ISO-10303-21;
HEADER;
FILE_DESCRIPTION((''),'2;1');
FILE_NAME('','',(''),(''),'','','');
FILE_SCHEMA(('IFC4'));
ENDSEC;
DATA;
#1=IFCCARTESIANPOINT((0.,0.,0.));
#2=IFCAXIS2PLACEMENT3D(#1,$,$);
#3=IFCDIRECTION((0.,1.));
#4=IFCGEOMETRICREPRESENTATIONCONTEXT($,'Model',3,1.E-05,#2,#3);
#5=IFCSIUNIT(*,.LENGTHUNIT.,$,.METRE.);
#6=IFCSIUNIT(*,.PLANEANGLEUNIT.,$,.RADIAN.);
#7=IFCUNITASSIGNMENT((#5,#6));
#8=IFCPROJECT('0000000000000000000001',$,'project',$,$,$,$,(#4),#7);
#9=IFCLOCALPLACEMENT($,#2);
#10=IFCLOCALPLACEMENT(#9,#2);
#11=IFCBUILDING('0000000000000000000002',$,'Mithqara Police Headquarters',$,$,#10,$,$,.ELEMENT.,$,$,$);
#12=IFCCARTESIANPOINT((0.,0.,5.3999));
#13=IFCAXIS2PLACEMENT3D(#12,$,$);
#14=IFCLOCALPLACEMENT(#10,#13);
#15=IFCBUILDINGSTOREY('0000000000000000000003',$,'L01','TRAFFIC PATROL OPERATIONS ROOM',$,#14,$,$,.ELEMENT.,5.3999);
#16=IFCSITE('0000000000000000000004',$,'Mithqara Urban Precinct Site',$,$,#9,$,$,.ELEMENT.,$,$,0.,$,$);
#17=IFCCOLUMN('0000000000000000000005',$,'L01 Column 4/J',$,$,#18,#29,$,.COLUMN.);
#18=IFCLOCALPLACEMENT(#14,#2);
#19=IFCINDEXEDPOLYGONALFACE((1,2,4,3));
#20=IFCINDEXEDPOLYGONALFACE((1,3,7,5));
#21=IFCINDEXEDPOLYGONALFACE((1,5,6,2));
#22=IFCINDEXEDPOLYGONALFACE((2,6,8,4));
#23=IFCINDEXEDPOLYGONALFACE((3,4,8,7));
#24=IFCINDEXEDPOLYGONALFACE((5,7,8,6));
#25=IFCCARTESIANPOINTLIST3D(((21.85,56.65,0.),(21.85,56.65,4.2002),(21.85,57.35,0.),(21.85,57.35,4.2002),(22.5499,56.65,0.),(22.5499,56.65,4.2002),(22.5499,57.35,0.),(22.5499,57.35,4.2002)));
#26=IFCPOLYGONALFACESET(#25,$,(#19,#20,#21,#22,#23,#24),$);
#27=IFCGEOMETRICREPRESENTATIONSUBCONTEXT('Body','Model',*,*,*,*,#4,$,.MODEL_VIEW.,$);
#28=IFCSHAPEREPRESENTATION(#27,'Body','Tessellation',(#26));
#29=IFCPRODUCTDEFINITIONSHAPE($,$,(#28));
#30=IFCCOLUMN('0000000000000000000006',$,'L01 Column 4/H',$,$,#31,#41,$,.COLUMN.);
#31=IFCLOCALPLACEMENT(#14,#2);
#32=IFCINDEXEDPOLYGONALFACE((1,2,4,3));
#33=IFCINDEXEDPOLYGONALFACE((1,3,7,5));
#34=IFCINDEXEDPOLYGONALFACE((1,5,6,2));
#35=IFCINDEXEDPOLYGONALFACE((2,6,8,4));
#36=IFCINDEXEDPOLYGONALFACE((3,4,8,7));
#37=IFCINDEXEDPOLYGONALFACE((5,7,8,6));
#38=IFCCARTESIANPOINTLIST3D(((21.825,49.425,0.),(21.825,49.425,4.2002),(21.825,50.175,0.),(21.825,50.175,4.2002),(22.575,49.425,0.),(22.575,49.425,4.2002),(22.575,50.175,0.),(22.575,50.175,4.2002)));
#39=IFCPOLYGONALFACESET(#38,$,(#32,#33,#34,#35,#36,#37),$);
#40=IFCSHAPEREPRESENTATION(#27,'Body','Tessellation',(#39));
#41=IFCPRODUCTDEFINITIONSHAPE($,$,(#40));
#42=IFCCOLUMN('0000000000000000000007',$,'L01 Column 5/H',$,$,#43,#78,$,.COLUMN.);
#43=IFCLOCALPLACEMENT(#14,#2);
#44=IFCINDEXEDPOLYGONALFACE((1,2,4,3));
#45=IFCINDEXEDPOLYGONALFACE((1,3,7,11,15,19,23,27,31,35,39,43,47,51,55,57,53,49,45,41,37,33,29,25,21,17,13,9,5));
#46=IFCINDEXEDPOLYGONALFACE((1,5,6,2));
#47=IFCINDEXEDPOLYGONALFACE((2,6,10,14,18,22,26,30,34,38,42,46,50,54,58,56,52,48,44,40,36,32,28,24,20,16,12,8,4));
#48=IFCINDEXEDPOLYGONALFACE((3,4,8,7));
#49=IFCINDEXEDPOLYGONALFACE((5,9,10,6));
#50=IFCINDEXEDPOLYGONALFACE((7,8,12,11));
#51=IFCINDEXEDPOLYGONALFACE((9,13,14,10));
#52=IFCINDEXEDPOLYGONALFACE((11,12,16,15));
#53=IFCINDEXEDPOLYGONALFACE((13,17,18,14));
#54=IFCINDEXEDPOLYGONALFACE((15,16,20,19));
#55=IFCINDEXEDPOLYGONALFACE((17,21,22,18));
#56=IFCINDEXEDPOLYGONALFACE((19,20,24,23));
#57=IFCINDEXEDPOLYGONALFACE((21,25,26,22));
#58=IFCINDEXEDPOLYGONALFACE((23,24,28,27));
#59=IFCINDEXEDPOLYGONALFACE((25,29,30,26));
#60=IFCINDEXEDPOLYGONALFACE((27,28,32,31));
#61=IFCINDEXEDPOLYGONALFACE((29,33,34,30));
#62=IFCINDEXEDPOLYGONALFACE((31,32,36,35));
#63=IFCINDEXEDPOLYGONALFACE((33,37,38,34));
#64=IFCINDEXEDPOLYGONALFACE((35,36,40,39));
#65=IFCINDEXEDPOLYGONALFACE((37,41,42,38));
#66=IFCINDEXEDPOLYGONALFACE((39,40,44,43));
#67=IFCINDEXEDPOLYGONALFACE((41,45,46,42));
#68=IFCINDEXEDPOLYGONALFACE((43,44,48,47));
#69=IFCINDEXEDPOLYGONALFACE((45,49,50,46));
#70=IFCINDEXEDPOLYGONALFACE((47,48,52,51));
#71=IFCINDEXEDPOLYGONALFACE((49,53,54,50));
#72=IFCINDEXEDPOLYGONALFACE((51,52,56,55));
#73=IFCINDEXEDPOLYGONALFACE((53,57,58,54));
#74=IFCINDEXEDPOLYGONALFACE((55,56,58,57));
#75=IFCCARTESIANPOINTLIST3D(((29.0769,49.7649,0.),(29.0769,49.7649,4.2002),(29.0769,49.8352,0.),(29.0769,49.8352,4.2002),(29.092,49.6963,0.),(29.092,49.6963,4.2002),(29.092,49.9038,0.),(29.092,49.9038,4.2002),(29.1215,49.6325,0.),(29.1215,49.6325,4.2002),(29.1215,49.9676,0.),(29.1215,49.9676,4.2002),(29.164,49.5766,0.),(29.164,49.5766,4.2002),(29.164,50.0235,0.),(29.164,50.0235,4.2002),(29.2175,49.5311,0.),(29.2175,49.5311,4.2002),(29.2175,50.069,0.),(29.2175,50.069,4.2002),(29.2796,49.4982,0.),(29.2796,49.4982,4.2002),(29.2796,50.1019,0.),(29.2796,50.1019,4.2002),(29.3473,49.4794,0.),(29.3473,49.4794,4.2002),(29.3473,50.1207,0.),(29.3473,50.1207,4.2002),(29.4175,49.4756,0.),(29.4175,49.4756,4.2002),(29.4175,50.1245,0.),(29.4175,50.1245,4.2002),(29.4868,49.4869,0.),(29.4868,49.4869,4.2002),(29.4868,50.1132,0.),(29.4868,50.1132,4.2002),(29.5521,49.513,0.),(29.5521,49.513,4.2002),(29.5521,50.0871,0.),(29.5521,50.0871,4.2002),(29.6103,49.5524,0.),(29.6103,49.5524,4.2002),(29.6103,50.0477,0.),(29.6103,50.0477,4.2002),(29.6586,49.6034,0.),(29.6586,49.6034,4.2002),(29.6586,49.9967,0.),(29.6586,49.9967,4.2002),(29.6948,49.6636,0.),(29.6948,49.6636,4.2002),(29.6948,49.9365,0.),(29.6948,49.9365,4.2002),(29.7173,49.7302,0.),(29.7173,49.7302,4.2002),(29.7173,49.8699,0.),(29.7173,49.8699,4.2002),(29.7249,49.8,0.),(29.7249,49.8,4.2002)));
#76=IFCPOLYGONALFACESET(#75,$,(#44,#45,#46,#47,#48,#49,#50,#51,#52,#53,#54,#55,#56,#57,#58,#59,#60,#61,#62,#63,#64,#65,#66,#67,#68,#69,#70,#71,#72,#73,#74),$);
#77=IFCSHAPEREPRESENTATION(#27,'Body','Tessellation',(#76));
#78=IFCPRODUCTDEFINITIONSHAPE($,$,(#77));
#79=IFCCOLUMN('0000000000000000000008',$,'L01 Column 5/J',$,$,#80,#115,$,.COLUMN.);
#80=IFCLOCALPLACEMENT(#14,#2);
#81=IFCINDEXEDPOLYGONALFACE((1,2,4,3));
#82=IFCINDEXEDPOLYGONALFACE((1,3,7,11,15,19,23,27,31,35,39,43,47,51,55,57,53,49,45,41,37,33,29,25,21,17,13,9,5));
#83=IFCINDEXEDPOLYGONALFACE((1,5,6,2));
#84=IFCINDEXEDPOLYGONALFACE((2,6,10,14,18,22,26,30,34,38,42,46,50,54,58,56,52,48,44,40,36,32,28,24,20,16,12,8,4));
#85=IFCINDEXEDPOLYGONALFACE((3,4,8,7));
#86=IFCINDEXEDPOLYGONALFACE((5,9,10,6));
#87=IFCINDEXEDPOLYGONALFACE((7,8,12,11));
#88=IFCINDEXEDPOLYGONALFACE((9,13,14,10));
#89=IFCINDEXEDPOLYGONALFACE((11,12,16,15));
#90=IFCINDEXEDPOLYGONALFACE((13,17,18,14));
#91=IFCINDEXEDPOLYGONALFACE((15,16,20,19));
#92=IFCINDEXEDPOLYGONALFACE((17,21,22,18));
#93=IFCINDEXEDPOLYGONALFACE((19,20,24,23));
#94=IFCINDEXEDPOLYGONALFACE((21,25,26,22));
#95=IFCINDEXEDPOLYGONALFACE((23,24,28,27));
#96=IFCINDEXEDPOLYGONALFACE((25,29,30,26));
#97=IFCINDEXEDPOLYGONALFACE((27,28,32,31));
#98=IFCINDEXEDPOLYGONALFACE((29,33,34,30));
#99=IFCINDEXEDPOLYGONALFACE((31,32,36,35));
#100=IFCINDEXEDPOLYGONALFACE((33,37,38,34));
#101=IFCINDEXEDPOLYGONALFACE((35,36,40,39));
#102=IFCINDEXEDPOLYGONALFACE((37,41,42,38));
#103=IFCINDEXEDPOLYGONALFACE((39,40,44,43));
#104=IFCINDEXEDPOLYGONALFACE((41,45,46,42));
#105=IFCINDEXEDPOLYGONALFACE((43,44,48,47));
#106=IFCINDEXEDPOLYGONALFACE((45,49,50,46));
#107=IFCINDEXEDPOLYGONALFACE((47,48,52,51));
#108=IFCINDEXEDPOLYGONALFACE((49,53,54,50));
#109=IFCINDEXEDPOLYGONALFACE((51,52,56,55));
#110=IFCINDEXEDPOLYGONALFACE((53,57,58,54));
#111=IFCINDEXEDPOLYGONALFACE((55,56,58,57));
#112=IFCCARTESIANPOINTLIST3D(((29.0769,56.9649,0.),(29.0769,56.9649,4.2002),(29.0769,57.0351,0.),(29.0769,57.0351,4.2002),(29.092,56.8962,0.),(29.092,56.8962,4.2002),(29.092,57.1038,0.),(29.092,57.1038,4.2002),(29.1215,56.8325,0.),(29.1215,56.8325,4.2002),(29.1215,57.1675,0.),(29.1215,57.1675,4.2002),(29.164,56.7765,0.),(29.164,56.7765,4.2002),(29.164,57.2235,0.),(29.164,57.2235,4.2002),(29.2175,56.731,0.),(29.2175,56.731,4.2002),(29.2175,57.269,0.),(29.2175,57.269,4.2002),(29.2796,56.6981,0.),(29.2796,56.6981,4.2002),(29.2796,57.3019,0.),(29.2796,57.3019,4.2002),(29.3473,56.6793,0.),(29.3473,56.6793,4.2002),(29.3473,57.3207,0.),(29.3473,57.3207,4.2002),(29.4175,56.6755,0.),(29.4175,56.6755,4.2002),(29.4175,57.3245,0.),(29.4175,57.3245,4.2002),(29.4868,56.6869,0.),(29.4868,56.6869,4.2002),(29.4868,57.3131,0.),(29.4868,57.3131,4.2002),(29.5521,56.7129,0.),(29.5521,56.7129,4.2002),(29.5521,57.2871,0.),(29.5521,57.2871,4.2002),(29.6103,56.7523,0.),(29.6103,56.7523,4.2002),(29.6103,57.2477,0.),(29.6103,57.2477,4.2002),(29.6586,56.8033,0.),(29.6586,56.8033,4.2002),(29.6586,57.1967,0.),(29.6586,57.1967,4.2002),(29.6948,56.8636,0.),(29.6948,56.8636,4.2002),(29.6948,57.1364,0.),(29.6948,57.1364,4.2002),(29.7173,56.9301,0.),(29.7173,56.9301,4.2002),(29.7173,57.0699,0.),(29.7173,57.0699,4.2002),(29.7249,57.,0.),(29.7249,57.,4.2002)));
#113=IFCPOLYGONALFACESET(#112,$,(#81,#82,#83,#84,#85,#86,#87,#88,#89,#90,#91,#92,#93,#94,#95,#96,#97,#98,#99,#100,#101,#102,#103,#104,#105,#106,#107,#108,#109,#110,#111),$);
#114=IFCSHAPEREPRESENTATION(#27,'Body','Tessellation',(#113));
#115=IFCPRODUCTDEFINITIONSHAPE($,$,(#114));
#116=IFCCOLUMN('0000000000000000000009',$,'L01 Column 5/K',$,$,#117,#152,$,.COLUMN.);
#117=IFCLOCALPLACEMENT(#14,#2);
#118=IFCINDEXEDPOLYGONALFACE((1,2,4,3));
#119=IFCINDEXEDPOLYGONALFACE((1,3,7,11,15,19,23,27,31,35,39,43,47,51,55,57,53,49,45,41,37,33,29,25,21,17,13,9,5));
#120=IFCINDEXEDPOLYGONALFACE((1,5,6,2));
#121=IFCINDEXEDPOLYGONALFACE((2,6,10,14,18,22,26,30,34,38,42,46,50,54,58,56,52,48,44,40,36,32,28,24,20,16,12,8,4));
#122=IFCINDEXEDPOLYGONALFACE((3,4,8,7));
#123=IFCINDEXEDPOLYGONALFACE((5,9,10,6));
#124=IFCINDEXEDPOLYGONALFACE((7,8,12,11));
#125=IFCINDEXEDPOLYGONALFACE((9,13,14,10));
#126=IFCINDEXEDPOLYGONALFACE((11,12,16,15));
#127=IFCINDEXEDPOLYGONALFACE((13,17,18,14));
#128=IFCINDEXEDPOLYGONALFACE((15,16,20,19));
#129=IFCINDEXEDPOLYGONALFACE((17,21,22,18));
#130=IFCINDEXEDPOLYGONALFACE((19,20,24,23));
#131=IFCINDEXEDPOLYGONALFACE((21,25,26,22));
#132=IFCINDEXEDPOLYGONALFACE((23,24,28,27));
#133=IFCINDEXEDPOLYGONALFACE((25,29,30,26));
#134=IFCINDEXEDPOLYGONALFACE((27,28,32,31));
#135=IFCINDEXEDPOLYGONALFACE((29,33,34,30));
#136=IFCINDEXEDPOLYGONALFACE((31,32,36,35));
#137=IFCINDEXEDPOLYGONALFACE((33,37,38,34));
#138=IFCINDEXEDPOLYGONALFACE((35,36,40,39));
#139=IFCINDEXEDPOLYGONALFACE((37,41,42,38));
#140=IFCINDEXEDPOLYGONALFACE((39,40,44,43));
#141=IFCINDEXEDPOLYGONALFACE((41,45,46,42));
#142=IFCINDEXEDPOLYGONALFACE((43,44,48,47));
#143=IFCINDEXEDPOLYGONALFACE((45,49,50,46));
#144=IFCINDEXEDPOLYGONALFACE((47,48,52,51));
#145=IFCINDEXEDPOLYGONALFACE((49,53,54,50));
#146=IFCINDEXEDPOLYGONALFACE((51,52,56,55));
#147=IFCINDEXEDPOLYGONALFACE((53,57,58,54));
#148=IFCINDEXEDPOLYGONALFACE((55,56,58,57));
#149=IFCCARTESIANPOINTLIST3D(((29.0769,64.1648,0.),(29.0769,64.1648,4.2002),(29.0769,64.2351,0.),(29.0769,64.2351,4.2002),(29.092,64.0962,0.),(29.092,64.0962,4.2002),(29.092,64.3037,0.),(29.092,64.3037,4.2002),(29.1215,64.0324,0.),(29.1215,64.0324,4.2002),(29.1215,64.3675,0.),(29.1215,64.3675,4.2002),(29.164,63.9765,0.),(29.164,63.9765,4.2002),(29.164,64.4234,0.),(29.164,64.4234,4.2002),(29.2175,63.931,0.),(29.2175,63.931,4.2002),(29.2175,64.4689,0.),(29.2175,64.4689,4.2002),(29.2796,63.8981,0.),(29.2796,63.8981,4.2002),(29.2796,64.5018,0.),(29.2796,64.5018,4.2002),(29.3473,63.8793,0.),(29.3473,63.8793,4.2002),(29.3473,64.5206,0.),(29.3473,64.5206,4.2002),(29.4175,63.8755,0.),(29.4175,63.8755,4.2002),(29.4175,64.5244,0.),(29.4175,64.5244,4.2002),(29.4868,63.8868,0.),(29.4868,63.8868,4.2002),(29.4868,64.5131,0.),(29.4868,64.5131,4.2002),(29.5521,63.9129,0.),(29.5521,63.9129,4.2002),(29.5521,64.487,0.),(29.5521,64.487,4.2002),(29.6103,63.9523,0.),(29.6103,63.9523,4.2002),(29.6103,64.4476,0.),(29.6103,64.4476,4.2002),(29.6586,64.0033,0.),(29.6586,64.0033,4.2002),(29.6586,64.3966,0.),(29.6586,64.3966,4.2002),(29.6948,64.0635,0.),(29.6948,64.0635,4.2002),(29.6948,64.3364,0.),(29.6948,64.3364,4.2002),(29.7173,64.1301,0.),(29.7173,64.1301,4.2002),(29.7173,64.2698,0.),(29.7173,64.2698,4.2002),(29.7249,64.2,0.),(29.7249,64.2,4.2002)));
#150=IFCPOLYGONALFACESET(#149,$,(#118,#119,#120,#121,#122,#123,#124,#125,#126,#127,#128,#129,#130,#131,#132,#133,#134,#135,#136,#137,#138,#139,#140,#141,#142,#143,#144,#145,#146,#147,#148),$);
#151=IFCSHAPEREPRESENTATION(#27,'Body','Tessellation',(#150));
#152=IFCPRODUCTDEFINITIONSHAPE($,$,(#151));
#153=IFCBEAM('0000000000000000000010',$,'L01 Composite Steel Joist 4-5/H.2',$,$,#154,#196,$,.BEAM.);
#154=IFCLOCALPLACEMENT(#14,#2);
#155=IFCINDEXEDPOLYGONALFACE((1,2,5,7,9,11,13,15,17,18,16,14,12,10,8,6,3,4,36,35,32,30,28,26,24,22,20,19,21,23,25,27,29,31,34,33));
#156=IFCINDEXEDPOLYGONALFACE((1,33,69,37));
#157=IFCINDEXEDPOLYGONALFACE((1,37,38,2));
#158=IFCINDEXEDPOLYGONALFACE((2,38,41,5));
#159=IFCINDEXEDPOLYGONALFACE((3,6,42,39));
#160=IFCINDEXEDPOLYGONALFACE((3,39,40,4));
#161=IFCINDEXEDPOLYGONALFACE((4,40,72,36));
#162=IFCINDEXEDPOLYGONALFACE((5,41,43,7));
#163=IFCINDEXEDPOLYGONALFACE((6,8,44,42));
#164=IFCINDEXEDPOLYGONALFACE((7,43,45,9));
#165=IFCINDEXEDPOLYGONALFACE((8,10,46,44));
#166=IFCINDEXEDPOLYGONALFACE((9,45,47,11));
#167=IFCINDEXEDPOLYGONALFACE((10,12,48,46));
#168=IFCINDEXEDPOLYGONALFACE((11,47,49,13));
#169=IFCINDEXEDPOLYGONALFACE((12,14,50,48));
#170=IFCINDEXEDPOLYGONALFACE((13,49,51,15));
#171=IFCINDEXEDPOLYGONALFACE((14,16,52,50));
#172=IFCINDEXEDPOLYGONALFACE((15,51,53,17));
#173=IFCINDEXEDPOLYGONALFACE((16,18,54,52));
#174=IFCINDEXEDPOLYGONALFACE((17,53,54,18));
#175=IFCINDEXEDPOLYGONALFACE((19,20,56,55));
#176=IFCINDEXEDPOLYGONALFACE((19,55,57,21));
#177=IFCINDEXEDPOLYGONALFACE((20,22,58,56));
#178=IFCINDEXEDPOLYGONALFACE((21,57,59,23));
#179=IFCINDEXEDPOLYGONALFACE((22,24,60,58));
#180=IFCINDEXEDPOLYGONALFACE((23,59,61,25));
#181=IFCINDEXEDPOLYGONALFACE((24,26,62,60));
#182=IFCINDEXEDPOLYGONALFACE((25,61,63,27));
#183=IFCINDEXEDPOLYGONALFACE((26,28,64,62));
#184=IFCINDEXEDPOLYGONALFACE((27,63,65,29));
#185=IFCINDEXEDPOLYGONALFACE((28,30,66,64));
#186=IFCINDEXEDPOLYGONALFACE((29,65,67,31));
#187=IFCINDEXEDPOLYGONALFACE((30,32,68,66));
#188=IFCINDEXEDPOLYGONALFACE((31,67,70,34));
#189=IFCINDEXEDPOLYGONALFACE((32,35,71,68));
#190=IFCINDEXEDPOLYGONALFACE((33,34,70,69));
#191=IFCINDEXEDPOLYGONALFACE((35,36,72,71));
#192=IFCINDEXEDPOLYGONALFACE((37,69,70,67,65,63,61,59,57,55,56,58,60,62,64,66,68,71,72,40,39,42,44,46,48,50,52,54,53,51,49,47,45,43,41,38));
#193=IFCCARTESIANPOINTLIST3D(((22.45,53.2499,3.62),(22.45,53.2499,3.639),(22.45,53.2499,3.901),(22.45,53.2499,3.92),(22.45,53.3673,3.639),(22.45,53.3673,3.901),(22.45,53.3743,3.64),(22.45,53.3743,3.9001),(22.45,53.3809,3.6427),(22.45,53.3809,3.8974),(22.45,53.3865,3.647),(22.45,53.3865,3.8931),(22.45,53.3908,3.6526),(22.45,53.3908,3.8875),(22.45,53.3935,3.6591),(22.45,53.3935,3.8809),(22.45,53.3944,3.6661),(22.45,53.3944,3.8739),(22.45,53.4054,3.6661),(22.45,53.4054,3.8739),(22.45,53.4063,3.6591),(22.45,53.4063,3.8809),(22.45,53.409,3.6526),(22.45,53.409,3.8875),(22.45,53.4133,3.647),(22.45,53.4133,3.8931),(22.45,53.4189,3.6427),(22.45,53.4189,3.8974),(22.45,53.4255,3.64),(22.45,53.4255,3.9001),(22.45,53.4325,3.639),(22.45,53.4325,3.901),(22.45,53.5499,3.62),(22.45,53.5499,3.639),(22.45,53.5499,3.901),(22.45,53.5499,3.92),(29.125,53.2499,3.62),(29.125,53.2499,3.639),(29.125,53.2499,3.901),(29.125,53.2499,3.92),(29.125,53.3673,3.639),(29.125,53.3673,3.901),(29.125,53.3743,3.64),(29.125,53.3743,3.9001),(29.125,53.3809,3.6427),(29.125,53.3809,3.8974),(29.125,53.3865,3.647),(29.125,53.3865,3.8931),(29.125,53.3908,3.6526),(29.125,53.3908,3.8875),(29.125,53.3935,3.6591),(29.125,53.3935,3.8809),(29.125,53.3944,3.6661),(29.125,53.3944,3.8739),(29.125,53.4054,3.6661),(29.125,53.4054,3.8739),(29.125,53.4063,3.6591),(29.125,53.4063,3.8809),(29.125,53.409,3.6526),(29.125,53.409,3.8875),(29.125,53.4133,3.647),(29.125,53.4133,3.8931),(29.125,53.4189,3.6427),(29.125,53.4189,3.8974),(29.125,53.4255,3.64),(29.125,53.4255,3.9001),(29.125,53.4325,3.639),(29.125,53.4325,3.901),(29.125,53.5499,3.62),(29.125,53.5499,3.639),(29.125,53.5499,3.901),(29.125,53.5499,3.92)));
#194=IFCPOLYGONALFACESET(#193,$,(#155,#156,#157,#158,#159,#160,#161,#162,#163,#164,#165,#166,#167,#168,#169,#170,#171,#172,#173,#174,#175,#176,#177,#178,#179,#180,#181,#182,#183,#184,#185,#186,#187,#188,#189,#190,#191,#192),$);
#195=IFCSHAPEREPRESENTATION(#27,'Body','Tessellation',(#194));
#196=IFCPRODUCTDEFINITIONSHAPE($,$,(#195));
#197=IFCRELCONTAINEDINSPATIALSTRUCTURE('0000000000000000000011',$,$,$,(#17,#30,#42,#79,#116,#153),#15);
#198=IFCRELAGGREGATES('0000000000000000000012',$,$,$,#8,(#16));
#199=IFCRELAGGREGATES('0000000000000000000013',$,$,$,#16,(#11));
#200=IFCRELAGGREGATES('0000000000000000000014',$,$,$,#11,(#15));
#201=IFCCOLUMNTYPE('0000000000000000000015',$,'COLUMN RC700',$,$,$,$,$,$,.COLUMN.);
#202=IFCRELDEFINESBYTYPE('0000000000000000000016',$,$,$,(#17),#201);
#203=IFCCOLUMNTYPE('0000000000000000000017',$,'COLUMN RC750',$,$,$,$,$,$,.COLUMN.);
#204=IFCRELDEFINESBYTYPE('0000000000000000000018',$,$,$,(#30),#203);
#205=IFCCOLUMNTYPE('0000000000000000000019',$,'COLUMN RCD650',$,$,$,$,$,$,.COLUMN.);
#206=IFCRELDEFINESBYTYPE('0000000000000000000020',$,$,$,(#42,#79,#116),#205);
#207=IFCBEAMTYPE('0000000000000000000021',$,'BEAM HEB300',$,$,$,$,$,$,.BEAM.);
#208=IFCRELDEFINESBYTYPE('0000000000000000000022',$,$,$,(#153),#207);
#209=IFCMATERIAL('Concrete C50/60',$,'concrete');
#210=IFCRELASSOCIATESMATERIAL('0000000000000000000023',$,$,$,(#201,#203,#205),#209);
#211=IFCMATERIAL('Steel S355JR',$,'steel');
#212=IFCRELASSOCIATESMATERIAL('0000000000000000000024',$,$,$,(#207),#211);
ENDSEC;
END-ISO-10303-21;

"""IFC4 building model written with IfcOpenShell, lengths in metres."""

from ifc_helpers import new_model, si_unit, direction, frame, origin, origin_2d, place, context, subcontext, project, spatial, rectangle, circle, i_section, extrude, material, material_profile, profile_set, type_object, element, save


model = new_model("IFC4")

# Units and contexts
model_context = context("Model", 3, precision=1e-05, world=origin(), true_north=direction((0.0, 1.0)))
body_context = subcontext(model_context, "Body", "Model", "MODEL_VIEW")
ifc_project = project(units=[si_unit("LENGTHUNIT", "METRE"), si_unit("PLANEANGLEUNIT", "RADIAN")], contexts=[model_context])

# Site, building, storey
site_placement = place(None, origin())
site = spatial("IfcSite", under=ifc_project, at=site_placement, Name="Mithqara Urban Precinct Site", CompositionType="ELEMENT", RefElevation=0.0)
building_placement = place(site_placement, origin())
building = spatial("IfcBuilding", under=site, at=building_placement, Name="Mithqara Police Headquarters", CompositionType="ELEMENT")
storey_placement = place(building_placement, frame((0.0, 0.0, 5.3999)))
storey = spatial("IfcBuildingStorey", under=building, at=storey_placement, Name="L01", Description="TRAFFIC PATROL OPERATIONS ROOM", CompositionType="ELEMENT", Elevation=5.3999)

# Columns
ifc_material_1 = material(Name="Concrete C50/60", Category="concrete")
ifc_material_profile_1 = material_profile(ifc_material_1, rectangle(XDim=0.7, YDim=0.7, at=origin_2d()), Name="RC 700x700")
ifc_profile_set_1 = profile_set([ifc_material_profile_1], Name="Concrete C50/60")
column_type_1 = type_object("IfcColumnType", Name="COLUMN RC700", PredefinedType="COLUMN", material=ifc_profile_set_1)
column_1_placement = place(storey_placement, frame((22.2, 57.0, 0.0), z_axis=(0.0, 0.0, 1.0), x_axis=(1.0, 0.0, 0.0)))
element("IfcColumn", 1, at=column_1_placement, inside=storey, type_object=column_type_1, Name="L01 Column 4/J", PredefinedType="COLUMN", context=body_context, shape_type="SweptSolid", body=[
    extrude(rectangle(XDim=0.7, YDim=0.7, at=origin_2d()), origin(), (0.0, 0.0, 1.0), 4.2002),
])
ifc_material_profile_2 = material_profile(ifc_material_1, rectangle(XDim=0.75, YDim=0.75, at=origin_2d()), Name="RC 750x750")
ifc_profile_set_2 = profile_set([ifc_material_profile_2], Name="Concrete C50/60")
column_type_2 = type_object("IfcColumnType", Name="COLUMN RC750", PredefinedType="COLUMN", material=ifc_profile_set_2)
column_2_placement = place(storey_placement, frame((22.2, 49.8, 0.0), z_axis=(0.0, 0.0, 1.0), x_axis=(1.0, 0.0, 0.0)))
element("IfcColumn", 2, at=column_2_placement, inside=storey, type_object=column_type_2, Name="L01 Column 4/H", PredefinedType="COLUMN", context=body_context, shape_type="SweptSolid", body=[
    extrude(rectangle(XDim=0.75, YDim=0.75, at=origin_2d()), origin(), (0.0, 0.0, 1.0), 4.2002),
])
ifc_material_profile_3 = material_profile(ifc_material_1, circle(Radius=0.325, at=origin_2d()), Name="RCD 650")
ifc_profile_set_3 = profile_set([ifc_material_profile_3], Name="Concrete C50/60")
column_type_3 = type_object("IfcColumnType", Name="COLUMN RCD650", PredefinedType="COLUMN", material=ifc_profile_set_3)
for number, where, z_axis, x_axis, name in (
    (3, (29.3999, 49.8, 0.0), (0.0, 0.0, 1.0), (1.0, 0.0, 0.0), "L01 Column 5/H"),
    (4, (29.3999, 57.0, 0.0), (0.0, 0.0, 1.0), (1.0, 0.0, 0.0), "L01 Column 5/J"),
    (5, (29.3999, 64.2, 0.0), (0.0, 0.0, 1.0), (1.0, 0.0, 0.0), "L01 Column 5/K"),
):
    element("IfcColumn", number, at=place(storey_placement, frame(where, z_axis=z_axis, x_axis=x_axis)), inside=storey, type_object=column_type_3, Name=name, PredefinedType="COLUMN", context=body_context, shape_type="SweptSolid", body=[
        extrude(circle(Radius=0.325, at=origin_2d()), origin(), (0.0, 0.0, 1.0), 4.2002),
    ])

# Beam
ifc_material_2 = material(Name="Steel S355JR", Category="steel")
ifc_material_profile_4 = material_profile(ifc_material_2, i_section(OverallWidth=0.3, OverallDepth=0.3, WebThickness=0.011, FlangeThickness=0.019, FilletRadius=0.0271, at=origin_2d()), Name="HEB 300")
ifc_profile_set_4 = profile_set([ifc_material_profile_4], Name="Steel S355JR")
beam_type_1 = type_object("IfcBeamType", Name="BEAM HEB300", PredefinedType="BEAM", material=ifc_profile_set_4)
beam_1_placement = place(storey_placement, frame((22.45, 53.3999, 3.77), z_axis=(1.0, 0.0, 0.0), x_axis=(0.0, 1.0, 0.0)))
element("IfcBeam", 6, at=beam_1_placement, inside=storey, type_object=beam_type_1, Name="L01 Composite Steel Joist 4-5/H.2", PredefinedType="BEAM", context=body_context, shape_type="SweptSolid", body=[
    extrude(i_section(OverallWidth=0.3, OverallDepth=0.3, WebThickness=0.011, FlangeThickness=0.019, FilletRadius=0.0271, at=origin_2d()), origin(), (0.0, 0.0, 1.0), 6.675),
])

save(model, "model.ifc")
